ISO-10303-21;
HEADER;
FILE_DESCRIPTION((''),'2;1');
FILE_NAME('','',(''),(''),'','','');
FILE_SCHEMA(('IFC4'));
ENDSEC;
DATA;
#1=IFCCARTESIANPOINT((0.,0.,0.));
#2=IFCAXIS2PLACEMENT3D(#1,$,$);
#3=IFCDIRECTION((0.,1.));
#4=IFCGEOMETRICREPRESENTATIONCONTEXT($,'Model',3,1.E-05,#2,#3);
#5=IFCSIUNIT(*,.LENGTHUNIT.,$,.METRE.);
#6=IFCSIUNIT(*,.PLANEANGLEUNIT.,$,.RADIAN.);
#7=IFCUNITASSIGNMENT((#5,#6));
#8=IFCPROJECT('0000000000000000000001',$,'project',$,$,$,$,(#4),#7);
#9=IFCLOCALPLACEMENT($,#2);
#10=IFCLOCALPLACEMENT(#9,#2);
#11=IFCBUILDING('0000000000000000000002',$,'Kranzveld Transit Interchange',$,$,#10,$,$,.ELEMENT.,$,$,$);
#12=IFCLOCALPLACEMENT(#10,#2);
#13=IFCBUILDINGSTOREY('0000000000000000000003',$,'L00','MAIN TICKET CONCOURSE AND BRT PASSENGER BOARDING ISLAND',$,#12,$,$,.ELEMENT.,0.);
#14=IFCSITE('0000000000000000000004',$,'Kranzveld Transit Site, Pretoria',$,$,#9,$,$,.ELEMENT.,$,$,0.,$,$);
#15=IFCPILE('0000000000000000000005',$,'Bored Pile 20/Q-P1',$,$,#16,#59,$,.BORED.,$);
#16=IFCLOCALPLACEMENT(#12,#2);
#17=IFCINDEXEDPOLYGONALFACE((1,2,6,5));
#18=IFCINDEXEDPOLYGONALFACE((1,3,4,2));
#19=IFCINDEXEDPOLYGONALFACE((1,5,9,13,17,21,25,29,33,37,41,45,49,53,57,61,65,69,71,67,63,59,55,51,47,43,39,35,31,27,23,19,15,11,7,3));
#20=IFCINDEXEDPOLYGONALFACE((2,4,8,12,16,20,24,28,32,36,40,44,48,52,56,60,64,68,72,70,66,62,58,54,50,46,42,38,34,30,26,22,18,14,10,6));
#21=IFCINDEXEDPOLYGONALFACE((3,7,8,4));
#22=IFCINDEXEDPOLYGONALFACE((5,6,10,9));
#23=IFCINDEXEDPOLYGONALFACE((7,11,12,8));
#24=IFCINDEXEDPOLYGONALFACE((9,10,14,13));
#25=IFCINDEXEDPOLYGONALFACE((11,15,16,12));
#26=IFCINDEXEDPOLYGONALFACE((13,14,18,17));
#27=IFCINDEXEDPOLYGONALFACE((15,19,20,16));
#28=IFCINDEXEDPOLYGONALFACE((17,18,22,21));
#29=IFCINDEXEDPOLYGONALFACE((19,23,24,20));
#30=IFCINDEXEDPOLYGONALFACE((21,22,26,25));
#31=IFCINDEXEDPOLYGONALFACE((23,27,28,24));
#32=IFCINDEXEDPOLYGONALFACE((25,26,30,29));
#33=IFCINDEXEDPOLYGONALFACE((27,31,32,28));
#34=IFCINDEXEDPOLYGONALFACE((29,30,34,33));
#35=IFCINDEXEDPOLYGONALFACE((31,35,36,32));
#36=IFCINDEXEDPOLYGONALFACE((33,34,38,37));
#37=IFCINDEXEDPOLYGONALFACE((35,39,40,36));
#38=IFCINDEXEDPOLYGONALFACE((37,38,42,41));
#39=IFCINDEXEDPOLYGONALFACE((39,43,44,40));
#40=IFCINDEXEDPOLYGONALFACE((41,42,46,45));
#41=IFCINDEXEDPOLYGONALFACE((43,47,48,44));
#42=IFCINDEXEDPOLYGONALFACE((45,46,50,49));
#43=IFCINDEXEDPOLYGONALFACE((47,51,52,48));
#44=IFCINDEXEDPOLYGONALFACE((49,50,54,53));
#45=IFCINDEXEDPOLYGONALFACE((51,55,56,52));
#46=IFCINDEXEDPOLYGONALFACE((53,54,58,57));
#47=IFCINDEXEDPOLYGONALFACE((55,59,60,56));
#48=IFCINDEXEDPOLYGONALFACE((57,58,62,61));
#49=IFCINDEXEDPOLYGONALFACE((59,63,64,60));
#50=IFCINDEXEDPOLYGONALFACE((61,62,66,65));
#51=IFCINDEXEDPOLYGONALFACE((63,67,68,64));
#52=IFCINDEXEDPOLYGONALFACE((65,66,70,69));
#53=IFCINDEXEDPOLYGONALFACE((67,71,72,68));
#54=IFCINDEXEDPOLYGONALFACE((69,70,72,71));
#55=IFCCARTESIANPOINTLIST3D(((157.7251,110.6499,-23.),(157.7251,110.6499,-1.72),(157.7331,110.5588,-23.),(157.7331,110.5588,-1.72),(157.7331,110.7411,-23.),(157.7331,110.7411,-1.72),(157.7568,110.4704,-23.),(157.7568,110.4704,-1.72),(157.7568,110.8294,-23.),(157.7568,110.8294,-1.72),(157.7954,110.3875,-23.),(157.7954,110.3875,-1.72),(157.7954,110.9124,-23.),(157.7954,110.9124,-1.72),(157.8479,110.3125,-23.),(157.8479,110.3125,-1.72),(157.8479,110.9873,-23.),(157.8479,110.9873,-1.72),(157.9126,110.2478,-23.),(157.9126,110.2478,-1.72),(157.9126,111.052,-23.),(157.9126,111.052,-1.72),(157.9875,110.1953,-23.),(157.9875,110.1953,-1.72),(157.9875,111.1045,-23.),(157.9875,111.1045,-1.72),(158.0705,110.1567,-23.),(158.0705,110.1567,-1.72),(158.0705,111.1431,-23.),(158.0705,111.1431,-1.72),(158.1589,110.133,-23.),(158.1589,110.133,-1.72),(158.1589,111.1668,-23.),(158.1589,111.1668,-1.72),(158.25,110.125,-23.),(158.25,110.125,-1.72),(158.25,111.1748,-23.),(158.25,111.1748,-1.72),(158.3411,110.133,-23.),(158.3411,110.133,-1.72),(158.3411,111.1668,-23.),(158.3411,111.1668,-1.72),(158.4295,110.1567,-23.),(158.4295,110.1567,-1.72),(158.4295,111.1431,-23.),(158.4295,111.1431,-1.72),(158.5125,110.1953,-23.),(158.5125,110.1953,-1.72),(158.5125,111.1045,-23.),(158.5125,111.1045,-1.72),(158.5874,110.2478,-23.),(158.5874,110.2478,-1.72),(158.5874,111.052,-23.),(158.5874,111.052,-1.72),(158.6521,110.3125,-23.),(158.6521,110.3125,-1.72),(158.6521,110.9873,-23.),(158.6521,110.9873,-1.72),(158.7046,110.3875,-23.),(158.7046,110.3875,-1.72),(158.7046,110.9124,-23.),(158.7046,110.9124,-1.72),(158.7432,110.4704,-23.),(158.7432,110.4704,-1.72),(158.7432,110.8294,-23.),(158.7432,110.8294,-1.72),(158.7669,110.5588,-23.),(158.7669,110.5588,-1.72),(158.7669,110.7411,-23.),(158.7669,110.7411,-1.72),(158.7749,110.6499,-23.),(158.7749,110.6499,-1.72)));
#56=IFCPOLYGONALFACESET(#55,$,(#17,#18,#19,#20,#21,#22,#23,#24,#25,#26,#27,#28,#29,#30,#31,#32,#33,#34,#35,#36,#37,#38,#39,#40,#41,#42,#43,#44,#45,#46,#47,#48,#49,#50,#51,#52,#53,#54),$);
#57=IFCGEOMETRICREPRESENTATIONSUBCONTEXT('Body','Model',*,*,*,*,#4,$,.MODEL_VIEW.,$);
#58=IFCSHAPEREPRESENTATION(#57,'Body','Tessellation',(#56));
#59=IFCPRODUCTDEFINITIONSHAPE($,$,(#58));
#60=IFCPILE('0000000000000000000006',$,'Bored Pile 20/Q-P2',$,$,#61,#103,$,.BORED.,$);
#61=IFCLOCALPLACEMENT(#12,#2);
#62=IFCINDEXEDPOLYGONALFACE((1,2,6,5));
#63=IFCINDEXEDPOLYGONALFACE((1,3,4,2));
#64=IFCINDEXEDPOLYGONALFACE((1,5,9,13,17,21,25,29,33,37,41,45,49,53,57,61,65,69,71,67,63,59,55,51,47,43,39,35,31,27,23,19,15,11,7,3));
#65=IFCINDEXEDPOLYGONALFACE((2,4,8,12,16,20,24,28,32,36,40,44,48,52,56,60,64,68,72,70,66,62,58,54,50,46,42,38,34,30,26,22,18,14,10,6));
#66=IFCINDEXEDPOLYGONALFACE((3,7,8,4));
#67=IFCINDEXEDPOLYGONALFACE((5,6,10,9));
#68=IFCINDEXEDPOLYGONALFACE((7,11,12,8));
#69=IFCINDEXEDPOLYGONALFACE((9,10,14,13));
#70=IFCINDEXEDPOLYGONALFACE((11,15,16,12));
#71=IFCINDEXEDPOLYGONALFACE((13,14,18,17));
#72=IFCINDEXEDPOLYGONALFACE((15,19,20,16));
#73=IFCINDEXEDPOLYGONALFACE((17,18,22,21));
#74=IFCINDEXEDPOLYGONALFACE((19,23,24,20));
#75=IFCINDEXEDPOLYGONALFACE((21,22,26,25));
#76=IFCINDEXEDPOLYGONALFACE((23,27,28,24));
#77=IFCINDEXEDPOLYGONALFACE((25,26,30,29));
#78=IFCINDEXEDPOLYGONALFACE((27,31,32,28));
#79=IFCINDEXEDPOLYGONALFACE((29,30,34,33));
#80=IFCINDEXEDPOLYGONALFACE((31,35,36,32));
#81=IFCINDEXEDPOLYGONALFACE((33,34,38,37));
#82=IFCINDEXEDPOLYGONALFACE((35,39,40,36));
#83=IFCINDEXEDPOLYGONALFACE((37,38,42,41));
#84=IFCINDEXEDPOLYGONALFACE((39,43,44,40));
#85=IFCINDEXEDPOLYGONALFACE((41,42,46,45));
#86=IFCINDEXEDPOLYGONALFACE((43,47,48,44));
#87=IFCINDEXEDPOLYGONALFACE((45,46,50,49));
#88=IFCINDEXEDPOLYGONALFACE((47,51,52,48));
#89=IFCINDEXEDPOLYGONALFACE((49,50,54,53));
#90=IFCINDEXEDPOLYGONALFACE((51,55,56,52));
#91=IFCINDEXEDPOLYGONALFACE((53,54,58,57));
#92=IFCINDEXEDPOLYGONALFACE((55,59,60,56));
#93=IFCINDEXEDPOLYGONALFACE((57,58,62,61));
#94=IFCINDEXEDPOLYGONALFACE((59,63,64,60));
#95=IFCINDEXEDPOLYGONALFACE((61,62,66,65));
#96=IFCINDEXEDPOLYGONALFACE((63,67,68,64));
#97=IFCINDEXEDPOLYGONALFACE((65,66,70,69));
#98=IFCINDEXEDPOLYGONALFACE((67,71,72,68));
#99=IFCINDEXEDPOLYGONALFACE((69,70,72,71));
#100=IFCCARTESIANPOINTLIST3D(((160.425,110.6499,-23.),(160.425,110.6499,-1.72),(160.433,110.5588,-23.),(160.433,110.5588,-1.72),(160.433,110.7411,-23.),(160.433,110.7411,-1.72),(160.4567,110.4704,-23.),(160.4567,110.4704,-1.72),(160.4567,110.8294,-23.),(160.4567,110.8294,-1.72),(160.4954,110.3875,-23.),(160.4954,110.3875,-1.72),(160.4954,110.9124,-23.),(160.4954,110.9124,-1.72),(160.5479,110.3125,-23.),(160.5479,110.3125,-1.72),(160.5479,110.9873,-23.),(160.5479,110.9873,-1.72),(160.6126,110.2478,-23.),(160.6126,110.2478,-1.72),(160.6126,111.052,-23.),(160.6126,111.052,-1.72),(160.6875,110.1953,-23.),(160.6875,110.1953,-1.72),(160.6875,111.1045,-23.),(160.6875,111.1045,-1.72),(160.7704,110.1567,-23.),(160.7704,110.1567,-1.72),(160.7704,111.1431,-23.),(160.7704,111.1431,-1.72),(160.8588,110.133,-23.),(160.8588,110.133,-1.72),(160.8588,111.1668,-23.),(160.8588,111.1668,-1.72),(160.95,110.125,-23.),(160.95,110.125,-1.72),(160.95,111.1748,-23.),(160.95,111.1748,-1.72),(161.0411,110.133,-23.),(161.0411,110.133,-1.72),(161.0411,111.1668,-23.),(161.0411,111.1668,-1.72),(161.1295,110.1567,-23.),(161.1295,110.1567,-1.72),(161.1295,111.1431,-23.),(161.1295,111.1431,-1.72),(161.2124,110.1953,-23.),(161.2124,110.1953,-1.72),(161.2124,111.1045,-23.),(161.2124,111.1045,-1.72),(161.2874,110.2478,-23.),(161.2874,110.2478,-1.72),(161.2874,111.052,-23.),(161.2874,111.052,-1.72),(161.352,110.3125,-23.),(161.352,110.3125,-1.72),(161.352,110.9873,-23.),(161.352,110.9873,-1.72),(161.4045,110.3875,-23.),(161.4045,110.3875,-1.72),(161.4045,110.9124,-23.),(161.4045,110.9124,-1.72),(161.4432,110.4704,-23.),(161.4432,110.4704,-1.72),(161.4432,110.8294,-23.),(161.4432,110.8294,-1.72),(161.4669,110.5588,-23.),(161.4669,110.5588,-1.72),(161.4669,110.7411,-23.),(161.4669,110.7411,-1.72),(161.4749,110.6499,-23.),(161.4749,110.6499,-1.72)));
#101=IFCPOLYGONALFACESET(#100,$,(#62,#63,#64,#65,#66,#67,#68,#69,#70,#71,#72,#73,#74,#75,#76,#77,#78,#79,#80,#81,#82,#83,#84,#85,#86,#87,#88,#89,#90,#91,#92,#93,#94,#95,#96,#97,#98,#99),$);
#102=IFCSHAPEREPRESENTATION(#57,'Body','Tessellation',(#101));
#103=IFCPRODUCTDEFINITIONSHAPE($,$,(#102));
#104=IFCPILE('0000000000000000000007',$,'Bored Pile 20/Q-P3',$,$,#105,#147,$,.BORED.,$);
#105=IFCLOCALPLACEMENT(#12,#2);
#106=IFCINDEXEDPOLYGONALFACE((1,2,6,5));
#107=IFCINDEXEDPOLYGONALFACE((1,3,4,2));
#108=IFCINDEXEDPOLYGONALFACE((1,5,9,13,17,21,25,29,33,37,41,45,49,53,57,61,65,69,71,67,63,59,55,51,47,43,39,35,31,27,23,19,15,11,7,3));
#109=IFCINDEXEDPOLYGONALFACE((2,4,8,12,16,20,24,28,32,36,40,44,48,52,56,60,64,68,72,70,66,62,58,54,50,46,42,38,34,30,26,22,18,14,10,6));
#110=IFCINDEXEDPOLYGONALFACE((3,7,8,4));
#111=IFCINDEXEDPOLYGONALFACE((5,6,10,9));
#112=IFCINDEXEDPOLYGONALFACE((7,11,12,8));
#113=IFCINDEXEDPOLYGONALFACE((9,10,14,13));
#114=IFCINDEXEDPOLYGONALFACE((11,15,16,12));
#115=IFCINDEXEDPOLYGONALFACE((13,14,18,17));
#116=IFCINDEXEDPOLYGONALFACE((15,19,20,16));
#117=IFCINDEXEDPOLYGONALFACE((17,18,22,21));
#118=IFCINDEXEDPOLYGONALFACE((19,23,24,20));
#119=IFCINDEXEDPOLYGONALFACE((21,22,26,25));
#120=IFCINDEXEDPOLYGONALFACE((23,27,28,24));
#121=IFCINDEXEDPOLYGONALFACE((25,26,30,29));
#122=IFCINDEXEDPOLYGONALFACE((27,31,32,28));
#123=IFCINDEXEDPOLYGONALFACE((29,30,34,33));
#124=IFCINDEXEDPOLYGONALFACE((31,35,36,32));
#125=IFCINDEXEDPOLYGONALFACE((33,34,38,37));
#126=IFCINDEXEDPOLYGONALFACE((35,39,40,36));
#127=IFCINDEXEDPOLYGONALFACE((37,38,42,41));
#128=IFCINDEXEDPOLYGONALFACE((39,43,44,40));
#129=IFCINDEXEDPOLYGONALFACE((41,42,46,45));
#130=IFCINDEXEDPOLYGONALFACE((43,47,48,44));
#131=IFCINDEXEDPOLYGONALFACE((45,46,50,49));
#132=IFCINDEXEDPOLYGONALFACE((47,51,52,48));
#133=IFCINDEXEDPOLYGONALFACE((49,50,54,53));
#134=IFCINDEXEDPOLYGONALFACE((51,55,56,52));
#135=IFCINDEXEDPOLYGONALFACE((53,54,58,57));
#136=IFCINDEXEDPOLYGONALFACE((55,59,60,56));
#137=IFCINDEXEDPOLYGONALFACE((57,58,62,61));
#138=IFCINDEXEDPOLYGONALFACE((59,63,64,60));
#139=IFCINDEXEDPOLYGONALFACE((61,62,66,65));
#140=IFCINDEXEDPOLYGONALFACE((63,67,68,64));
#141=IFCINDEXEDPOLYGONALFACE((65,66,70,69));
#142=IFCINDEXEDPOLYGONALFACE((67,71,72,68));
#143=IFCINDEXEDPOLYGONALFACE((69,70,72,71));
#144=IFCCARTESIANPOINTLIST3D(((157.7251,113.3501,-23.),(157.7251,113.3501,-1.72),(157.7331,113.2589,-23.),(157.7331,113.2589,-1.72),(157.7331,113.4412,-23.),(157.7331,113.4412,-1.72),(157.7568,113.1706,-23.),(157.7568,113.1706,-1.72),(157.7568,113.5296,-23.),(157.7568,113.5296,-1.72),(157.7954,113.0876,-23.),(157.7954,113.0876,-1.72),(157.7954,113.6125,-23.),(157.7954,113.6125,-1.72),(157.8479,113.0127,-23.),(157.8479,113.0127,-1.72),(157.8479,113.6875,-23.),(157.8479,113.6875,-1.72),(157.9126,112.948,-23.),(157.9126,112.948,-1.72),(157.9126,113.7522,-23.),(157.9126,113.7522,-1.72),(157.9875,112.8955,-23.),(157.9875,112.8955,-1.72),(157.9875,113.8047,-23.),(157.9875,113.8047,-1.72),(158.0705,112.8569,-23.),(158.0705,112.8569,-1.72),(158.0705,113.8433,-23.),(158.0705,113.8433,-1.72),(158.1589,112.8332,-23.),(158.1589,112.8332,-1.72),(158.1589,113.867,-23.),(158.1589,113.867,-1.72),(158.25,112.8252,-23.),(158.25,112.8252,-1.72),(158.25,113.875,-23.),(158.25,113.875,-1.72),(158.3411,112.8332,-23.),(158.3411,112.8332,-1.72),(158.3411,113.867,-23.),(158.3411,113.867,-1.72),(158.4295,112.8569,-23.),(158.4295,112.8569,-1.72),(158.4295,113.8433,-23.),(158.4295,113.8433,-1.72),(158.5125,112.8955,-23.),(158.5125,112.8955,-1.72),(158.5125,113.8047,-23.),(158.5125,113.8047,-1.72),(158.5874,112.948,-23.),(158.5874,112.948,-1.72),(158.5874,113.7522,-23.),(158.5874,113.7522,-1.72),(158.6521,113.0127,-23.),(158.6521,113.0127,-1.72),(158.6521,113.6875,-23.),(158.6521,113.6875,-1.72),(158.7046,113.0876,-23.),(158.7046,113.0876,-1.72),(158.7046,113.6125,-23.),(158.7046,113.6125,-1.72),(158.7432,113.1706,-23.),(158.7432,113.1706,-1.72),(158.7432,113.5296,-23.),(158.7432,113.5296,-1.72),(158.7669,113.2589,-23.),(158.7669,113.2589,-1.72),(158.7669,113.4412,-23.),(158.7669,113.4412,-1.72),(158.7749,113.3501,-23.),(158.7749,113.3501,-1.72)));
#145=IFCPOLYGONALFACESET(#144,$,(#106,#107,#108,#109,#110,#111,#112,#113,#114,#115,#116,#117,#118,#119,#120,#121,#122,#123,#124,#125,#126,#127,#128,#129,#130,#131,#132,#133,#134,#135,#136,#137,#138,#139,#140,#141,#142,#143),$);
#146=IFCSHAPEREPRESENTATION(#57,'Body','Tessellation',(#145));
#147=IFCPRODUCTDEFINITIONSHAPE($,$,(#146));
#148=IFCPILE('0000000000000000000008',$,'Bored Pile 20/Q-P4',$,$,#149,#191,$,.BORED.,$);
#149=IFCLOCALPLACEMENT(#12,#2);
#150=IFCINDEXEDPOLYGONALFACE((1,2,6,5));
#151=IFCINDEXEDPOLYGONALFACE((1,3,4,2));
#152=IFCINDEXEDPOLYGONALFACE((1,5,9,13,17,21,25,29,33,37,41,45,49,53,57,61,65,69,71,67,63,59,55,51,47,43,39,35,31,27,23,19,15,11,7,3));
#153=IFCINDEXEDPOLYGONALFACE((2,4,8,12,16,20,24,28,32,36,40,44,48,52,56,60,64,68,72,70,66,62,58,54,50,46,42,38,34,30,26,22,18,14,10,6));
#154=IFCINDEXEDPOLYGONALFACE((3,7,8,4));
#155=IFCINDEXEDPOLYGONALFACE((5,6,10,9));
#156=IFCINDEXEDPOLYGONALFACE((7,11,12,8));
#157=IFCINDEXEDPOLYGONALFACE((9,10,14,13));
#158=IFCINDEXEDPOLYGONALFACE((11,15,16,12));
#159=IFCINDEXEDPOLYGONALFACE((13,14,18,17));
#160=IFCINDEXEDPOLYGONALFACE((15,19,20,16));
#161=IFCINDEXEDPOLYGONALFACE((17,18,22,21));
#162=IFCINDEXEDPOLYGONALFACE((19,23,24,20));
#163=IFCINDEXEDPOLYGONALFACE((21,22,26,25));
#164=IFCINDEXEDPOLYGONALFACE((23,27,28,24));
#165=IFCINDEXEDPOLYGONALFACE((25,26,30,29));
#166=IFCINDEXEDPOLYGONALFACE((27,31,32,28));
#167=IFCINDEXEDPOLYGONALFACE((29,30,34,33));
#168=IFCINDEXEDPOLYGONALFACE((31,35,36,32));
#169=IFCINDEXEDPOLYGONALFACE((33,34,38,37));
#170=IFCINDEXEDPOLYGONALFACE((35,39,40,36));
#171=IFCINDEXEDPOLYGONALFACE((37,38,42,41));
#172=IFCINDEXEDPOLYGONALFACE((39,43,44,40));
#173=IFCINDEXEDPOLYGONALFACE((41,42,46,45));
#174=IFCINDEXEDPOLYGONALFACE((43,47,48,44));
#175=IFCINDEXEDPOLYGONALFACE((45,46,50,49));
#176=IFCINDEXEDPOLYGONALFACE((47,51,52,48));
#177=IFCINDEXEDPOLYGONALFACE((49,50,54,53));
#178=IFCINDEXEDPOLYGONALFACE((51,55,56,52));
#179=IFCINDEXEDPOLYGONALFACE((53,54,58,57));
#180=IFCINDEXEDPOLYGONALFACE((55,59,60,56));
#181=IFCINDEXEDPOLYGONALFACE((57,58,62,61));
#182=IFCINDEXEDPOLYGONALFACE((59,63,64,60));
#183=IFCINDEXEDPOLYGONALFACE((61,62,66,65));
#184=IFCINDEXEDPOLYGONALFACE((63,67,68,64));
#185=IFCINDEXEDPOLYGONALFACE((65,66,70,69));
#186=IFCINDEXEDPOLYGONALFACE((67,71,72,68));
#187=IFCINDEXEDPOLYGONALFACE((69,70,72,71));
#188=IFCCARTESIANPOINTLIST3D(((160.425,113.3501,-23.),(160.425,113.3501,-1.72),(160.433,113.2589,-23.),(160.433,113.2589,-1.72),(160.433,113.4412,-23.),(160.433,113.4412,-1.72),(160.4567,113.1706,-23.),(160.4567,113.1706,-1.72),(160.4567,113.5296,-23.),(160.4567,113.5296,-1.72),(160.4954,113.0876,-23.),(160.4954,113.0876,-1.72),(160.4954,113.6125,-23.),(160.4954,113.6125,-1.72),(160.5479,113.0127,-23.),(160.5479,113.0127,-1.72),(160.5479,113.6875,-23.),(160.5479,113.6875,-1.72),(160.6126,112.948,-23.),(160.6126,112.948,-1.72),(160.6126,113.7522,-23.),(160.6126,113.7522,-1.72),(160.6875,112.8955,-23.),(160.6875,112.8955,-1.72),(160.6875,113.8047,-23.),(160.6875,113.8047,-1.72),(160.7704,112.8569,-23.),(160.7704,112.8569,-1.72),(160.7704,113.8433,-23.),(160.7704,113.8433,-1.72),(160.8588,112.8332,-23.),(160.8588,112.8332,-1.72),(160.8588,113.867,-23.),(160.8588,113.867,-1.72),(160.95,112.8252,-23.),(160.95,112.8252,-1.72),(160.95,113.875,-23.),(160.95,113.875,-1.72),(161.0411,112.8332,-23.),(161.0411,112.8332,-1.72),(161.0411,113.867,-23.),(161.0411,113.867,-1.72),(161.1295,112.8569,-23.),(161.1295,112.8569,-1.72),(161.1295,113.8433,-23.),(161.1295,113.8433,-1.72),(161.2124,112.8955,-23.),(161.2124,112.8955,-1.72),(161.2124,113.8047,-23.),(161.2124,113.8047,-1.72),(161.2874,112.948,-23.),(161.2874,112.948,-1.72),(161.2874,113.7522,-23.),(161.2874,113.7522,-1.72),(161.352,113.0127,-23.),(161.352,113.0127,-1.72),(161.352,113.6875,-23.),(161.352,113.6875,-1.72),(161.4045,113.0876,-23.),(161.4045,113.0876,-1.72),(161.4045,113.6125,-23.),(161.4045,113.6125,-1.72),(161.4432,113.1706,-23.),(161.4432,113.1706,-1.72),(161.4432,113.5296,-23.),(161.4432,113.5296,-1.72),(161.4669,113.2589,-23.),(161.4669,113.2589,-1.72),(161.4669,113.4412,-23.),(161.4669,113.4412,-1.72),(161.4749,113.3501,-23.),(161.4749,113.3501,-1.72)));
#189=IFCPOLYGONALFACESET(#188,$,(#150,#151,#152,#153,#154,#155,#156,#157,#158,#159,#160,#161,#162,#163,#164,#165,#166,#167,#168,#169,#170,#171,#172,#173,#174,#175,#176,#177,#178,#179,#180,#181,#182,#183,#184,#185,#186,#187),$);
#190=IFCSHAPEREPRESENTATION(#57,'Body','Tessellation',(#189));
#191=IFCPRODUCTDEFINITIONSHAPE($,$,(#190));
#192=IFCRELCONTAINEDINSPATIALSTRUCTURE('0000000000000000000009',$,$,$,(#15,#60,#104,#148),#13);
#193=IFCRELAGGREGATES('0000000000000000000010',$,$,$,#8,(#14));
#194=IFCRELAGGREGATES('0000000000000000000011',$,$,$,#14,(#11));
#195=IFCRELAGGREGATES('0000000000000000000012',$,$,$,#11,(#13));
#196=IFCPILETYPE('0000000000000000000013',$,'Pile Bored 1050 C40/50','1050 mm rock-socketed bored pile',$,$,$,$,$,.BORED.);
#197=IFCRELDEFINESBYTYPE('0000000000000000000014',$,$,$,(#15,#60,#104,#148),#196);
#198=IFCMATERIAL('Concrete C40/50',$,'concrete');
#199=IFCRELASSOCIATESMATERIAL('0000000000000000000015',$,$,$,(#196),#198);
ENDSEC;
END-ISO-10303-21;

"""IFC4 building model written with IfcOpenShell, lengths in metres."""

from ifc_helpers import new_model, si_unit, direction, frame, origin, origin_2d, place, context, subcontext, project, spatial, circle, extrude, material, material_profile, profile_set, type_object, element, save


model = new_model("IFC4")

# Units and contexts
model_context = context("Model", 3, precision=1e-05, world=origin(), true_north=direction((0.0, 1.0)))
body_context = subcontext(model_context, "Body", "Model", "MODEL_VIEW")
ifc_project = project(units=[si_unit("LENGTHUNIT", "METRE"), si_unit("PLANEANGLEUNIT", "RADIAN")], contexts=[model_context])

# Site, building, storey
site_placement = place(None, origin())
site = spatial("IfcSite", under=ifc_project, at=site_placement, Name="Kranzveld Transit Site, Pretoria", CompositionType="ELEMENT", RefElevation=0.0)
building_placement = place(site_placement, origin())
building = spatial("IfcBuilding", under=site, at=building_placement, Name="Kranzveld Transit Interchange", CompositionType="ELEMENT")
storey_placement = place(building_placement, origin())
storey = spatial("IfcBuildingStorey", under=building, at=storey_placement, Name="L00", Description="MAIN TICKET CONCOURSE AND BRT PASSENGER BOARDING ISLAND", CompositionType="ELEMENT", Elevation=0.0)

# Piles
ifc_material_1 = material(Name="Concrete C40/50", Category="concrete")
ifc_material_profile_1 = material_profile(ifc_material_1, circle(Radius=0.5249, at=origin_2d()), Name="BORED PILE 1050")
ifc_profile_set_1 = profile_set([ifc_material_profile_1], Name="Concrete C40/50")
pile_type_1 = type_object("IfcPileType", Name="Pile Bored 1050 C40/50", Description="1050 mm rock-socketed bored pile", PredefinedType="BORED", material=ifc_profile_set_1)
for number, where, z_axis, x_axis, name in (
    (1, (158.25, 110.6499, -1.72), (0.0, 0.0, -1.0), (1.0, 0.0, 0.0), "Bored Pile 20/Q-P1"),
    (2, (160.95, 110.6499, -1.72), (0.0, 0.0, -1.0), (1.0, 0.0, 0.0), "Bored Pile 20/Q-P2"),
    (3, (158.25, 113.3501, -1.72), (0.0, 0.0, -1.0), (1.0, 0.0, 0.0), "Bored Pile 20/Q-P3"),
    (4, (160.95, 113.3501, -1.72), (0.0, 0.0, -1.0), (1.0, 0.0, 0.0), "Bored Pile 20/Q-P4"),
):
    element("IfcPile", number, at=place(storey_placement, frame(where, z_axis=z_axis, x_axis=x_axis)), inside=storey, type_object=pile_type_1, Name=name, PredefinedType="BORED", context=body_context, shape_type="SweptSolid", body=[
        extrude(circle(Radius=0.5249, at=origin_2d()), origin(), (0.0, 0.0, 1.0), 21.28),
    ])

save(model, "model.ifc")
